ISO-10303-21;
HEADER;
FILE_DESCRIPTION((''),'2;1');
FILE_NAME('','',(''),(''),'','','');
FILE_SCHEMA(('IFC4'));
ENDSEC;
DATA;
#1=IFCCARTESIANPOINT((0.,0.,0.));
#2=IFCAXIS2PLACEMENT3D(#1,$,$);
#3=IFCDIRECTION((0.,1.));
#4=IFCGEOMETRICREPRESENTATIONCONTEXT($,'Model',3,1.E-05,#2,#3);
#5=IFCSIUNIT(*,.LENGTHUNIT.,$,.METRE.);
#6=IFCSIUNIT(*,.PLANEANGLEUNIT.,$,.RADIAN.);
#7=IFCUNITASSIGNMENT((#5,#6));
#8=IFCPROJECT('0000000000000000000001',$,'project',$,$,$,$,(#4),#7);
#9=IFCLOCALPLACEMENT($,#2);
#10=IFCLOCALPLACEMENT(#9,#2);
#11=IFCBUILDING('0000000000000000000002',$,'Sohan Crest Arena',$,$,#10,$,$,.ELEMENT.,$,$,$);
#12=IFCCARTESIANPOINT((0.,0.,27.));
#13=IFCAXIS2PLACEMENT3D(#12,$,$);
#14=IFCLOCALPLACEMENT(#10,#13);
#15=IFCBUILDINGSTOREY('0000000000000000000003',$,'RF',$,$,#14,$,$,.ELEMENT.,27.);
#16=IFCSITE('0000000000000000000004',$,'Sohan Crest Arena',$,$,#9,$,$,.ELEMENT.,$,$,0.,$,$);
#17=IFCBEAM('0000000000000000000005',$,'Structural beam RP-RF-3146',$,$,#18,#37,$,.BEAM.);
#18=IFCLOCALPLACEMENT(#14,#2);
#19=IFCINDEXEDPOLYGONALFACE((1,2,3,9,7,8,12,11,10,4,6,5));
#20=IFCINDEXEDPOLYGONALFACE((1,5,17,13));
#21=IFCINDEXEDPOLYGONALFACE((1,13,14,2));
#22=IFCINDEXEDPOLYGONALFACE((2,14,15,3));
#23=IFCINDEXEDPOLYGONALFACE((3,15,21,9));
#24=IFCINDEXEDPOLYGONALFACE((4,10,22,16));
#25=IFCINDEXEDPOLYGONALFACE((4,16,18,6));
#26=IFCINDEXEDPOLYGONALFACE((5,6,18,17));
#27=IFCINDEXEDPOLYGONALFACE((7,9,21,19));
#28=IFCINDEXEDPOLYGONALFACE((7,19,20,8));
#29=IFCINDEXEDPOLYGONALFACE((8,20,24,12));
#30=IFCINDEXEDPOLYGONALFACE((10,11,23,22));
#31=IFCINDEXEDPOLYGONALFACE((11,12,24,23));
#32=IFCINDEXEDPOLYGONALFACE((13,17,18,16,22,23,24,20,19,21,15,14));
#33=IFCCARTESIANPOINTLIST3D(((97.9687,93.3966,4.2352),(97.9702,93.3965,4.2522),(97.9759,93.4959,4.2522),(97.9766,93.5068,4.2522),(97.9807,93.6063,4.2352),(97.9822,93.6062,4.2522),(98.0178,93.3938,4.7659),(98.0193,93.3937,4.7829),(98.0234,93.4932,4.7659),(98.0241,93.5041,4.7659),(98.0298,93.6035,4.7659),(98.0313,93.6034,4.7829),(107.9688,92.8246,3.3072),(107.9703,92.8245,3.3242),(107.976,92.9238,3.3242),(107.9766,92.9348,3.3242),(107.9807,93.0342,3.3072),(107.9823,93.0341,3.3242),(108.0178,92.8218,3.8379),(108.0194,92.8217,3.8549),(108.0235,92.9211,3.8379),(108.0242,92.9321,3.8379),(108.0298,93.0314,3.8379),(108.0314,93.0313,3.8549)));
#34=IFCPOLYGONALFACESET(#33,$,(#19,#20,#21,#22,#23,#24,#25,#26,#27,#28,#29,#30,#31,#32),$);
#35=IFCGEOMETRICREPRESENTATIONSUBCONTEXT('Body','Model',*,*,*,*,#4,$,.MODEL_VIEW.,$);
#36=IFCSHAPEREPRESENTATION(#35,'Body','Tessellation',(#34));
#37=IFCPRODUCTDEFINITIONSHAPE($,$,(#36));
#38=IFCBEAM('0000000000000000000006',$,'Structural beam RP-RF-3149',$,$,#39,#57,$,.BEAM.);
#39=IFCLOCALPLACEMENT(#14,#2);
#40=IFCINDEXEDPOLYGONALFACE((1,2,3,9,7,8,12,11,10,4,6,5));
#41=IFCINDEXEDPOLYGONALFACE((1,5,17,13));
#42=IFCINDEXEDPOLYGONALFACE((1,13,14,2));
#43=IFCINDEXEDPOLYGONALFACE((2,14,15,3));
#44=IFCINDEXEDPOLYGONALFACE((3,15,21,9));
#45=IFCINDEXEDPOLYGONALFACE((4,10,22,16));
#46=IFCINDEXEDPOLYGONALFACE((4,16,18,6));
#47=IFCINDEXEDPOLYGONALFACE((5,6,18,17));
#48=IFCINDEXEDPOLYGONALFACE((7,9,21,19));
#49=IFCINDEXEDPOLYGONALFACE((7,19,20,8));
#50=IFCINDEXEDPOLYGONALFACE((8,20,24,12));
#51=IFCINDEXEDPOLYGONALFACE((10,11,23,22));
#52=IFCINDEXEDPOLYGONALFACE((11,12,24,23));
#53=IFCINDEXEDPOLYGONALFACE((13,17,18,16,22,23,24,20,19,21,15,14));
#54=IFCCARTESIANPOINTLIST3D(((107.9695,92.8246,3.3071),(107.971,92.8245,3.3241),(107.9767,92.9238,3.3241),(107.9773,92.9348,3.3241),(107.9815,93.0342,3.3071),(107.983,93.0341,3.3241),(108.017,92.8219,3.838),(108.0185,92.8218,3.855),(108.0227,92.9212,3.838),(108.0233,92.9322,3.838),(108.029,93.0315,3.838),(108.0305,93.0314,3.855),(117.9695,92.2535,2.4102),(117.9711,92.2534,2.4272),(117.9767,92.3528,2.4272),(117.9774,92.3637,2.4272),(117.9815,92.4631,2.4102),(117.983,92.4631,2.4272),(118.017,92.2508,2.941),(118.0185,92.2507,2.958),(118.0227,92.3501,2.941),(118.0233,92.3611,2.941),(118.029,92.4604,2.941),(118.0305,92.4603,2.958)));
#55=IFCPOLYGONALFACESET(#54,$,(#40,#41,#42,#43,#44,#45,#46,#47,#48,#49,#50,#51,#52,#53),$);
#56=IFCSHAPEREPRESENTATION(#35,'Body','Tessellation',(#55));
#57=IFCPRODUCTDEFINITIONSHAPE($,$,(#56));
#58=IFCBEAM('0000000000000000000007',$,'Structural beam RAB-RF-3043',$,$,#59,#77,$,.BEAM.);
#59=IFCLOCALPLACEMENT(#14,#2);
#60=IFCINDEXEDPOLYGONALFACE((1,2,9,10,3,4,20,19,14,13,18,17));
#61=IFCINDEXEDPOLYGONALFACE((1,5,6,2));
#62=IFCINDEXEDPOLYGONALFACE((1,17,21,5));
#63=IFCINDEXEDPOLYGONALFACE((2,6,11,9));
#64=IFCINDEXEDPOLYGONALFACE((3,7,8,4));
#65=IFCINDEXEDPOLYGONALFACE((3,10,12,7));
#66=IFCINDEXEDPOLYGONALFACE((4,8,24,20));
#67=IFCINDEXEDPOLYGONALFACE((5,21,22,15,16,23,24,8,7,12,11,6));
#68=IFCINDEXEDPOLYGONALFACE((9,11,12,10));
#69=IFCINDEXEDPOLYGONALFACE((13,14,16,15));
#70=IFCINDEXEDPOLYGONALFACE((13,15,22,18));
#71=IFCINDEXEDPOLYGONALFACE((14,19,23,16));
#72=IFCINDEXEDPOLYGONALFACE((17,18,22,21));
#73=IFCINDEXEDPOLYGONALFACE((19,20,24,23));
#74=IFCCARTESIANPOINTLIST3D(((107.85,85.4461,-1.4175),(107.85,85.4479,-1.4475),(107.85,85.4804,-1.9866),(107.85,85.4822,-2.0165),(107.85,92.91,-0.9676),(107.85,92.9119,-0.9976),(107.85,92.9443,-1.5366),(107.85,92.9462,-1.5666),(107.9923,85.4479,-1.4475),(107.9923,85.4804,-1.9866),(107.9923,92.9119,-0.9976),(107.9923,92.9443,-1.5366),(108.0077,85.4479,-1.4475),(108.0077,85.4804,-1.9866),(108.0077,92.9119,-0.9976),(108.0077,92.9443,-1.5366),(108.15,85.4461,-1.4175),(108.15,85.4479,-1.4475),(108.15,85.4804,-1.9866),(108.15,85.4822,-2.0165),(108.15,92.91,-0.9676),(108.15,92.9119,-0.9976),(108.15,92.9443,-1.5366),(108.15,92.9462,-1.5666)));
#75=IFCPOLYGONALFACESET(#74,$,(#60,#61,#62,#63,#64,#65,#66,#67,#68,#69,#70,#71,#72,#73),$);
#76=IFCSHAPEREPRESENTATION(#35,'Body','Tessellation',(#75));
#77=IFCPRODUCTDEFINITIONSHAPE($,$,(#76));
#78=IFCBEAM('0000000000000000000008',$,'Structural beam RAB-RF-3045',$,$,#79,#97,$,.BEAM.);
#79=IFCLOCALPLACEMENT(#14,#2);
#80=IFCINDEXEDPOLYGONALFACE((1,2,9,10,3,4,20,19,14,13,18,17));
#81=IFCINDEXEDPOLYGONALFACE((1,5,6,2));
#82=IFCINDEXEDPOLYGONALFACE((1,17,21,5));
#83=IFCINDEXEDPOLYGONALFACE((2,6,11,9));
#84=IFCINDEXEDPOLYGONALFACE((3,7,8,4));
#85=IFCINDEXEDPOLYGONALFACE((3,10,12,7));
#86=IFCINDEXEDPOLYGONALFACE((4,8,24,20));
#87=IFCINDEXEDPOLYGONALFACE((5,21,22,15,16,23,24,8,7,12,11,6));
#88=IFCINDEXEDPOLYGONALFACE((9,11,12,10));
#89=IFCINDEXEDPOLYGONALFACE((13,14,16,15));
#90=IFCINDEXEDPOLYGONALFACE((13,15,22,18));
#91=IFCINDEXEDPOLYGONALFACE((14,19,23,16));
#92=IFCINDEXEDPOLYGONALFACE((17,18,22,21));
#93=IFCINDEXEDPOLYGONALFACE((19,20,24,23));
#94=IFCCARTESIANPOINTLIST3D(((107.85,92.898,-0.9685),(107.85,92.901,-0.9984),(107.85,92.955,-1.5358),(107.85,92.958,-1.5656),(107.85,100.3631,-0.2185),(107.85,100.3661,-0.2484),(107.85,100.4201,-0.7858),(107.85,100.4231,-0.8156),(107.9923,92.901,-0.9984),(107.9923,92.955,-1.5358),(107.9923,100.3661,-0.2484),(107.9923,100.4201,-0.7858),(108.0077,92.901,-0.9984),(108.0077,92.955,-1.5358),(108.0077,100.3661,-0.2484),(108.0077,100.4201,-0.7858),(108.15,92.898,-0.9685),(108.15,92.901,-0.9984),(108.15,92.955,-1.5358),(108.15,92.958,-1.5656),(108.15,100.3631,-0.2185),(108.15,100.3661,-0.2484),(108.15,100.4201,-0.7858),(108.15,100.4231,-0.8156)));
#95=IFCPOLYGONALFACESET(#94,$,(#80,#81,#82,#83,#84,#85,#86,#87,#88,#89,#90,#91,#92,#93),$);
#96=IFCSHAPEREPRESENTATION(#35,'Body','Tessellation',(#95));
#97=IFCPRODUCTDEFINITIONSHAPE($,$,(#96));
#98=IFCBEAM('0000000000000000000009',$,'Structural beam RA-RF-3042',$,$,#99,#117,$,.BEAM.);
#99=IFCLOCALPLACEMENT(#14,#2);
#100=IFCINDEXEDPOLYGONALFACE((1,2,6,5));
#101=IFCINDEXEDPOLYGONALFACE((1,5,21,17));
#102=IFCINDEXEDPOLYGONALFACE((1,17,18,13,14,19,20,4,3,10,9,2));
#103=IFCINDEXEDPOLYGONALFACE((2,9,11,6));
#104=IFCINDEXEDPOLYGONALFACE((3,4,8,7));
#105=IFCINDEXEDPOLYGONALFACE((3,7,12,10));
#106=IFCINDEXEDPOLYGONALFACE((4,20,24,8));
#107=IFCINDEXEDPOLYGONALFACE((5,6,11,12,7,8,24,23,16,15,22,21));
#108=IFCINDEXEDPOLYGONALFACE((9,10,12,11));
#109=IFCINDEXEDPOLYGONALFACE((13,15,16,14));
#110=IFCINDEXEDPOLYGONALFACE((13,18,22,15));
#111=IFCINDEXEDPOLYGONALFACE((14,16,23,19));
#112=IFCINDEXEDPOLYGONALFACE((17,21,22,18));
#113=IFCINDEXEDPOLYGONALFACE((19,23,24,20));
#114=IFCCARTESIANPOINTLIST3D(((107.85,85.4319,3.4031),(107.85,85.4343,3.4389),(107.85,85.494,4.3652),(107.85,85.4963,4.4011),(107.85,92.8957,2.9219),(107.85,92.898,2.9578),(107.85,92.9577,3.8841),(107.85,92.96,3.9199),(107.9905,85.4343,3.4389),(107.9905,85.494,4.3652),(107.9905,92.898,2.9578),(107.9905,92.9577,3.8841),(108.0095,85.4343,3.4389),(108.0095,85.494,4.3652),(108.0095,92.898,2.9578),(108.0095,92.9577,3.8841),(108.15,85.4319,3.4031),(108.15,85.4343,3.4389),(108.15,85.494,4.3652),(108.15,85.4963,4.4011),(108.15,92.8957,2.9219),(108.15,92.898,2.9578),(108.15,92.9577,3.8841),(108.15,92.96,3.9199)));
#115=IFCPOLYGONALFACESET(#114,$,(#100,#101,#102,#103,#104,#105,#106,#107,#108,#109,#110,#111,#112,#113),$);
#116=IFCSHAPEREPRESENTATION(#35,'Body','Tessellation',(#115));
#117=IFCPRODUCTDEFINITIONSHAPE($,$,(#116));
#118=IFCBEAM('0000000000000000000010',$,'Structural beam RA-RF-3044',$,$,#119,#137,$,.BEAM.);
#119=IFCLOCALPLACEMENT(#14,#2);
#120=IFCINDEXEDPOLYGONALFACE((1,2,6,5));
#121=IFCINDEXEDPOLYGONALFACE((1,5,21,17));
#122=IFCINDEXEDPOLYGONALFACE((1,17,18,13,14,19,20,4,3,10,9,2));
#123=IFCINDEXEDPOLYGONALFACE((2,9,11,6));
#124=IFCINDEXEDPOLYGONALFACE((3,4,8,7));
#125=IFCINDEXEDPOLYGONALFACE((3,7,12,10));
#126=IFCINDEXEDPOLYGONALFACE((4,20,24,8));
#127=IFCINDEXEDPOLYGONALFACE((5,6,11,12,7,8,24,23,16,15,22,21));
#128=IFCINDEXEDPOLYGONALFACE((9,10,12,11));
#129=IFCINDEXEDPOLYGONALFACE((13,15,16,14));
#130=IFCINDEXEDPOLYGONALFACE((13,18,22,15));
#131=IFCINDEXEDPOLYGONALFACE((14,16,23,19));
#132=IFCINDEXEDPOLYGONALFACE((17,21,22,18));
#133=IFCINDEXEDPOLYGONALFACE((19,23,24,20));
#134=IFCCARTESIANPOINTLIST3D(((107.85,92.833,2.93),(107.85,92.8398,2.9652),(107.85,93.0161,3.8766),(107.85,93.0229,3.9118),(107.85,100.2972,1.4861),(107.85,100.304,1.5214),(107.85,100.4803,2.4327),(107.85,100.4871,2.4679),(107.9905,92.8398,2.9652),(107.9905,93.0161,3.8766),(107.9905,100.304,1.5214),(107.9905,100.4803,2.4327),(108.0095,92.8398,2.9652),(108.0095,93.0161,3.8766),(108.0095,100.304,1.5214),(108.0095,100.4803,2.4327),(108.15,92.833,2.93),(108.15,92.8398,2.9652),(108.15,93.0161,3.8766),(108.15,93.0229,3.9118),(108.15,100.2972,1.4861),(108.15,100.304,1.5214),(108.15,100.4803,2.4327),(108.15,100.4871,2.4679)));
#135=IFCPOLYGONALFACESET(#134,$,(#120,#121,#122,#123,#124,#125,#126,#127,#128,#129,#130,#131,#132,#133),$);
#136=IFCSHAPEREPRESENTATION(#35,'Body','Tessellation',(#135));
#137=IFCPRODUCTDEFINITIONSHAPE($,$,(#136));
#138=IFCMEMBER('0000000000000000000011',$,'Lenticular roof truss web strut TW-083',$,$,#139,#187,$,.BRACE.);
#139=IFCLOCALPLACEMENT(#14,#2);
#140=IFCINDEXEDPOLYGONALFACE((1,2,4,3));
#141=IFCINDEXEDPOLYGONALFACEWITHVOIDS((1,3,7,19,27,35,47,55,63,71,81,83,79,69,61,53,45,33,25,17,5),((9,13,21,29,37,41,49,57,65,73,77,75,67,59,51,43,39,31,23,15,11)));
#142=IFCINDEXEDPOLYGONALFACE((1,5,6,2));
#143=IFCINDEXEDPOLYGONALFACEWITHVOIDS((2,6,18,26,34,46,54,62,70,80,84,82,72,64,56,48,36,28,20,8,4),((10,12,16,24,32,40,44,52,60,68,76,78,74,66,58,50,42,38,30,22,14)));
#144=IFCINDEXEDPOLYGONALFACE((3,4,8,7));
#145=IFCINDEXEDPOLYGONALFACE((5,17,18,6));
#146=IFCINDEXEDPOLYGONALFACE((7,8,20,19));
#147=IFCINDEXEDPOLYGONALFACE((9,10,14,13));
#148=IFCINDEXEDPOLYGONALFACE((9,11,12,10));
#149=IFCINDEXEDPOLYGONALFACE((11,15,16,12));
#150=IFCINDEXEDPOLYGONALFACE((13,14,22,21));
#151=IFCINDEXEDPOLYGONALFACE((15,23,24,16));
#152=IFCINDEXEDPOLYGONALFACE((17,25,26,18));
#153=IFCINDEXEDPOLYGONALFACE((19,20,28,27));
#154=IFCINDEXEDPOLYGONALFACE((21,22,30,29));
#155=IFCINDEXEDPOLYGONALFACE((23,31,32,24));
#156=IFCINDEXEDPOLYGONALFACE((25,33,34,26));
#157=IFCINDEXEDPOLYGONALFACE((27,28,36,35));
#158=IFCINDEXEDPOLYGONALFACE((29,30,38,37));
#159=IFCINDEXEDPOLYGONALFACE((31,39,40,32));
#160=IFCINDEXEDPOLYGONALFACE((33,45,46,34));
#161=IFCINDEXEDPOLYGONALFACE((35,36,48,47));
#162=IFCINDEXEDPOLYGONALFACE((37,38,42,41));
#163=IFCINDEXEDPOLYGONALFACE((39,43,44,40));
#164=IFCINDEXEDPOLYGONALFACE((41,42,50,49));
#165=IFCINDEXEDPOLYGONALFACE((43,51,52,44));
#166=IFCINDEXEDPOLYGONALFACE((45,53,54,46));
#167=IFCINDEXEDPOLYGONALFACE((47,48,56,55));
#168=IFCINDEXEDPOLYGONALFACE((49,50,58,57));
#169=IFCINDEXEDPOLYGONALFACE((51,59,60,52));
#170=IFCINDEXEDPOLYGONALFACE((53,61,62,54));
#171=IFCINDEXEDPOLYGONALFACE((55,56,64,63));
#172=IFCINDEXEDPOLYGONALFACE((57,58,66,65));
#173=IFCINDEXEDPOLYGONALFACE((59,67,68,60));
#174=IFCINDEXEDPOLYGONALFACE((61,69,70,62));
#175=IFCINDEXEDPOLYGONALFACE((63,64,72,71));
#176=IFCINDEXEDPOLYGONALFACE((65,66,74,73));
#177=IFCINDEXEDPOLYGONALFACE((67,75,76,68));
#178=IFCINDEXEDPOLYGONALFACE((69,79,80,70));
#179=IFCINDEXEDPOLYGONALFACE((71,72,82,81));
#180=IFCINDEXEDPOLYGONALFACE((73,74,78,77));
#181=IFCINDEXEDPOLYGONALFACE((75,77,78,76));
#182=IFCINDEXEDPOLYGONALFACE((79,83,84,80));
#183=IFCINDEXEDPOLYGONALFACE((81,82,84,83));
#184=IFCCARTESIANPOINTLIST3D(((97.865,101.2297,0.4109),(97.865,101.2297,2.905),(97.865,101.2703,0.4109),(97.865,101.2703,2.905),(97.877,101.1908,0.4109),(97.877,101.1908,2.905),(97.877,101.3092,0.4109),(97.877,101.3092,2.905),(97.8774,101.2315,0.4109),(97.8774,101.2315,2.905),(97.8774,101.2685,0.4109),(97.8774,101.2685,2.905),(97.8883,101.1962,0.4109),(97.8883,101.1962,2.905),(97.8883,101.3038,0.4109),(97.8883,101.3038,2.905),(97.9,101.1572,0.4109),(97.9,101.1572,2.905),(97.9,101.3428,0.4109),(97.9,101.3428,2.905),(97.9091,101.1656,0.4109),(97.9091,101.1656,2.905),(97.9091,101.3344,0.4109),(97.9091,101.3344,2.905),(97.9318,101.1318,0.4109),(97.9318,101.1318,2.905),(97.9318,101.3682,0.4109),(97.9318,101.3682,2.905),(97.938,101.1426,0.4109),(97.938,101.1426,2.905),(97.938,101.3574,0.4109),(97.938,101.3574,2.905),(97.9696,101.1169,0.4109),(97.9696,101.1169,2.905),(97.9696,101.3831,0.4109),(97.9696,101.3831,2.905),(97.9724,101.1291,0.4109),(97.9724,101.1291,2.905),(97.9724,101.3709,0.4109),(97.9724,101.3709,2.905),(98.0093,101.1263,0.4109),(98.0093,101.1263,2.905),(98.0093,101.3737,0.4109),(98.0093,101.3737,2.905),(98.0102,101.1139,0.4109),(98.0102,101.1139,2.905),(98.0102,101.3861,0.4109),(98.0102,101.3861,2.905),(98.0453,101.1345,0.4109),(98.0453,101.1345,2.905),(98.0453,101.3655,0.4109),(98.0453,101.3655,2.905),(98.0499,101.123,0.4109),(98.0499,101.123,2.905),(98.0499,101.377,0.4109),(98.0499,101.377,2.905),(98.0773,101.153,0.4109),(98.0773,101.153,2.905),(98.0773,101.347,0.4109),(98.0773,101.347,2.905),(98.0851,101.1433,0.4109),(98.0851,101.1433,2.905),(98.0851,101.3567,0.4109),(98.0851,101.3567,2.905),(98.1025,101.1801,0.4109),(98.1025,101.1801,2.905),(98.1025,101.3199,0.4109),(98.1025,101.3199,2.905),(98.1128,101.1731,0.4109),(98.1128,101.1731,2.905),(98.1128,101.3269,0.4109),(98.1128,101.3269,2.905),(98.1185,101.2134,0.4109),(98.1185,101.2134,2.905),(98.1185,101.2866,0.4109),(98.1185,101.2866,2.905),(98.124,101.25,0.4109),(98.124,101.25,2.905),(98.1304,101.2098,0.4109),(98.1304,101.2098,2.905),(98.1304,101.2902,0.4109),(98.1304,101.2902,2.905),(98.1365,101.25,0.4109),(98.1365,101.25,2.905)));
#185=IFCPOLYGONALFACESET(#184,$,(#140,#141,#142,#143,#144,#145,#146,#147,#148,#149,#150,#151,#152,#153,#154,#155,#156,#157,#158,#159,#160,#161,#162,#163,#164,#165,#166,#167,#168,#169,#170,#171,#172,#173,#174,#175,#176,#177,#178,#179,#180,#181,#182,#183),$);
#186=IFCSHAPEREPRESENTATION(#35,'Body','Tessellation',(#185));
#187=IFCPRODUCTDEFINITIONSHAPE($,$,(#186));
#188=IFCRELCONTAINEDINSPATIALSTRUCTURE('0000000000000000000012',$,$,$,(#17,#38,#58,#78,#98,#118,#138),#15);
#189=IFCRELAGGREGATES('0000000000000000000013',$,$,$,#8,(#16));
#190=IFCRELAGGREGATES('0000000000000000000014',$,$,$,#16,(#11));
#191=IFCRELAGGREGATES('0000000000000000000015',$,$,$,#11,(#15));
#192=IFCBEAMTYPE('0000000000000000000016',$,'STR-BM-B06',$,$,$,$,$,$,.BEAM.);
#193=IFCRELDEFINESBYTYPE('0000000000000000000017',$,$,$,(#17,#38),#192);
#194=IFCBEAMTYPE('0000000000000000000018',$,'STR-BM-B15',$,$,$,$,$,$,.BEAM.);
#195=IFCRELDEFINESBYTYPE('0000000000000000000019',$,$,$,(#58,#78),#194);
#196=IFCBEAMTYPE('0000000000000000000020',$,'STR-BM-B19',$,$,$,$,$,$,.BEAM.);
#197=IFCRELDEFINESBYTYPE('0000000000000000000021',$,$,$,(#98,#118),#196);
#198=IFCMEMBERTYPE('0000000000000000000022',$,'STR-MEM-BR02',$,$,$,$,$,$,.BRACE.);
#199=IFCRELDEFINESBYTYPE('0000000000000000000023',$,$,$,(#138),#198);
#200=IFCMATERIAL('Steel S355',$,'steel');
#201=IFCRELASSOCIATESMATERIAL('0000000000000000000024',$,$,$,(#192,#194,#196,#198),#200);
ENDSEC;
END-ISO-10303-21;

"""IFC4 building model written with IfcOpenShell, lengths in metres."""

from ifc_helpers import new_model, si_unit, direction, frame, origin, origin_2d, place, context, subcontext, project, spatial, hollow_circle, i_section, extrude, material, material_profile, profile_set, type_object, element, save


model = new_model("IFC4")

# Units and contexts
model_context = context("Model", 3, precision=1e-05, world=origin(), true_north=direction((0.0, 1.0)))
body_context = subcontext(model_context, "Body", "Model", "MODEL_VIEW")
ifc_project = project(units=[si_unit("LENGTHUNIT", "METRE"), si_unit("PLANEANGLEUNIT", "RADIAN")], contexts=[model_context])

# Site, building, storey
site_placement = place(None, origin())
site = spatial("IfcSite", under=ifc_project, at=site_placement, Name="Sohan Crest Arena", CompositionType="ELEMENT", RefElevation=0.0)
building_placement = place(site_placement, origin())
building = spatial("IfcBuilding", under=site, at=building_placement, Name="Sohan Crest Arena", CompositionType="ELEMENT")
storey_placement = place(building_placement, frame((0.0, 0.0, 27.0)))
storey = spatial("IfcBuildingStorey", under=building, at=storey_placement, Name="RF", CompositionType="ELEMENT", Elevation=27.0)

# Beams
ifc_material_1 = material(Name="Steel S355", Category="steel")
ifc_material_profile_1 = material_profile(ifc_material_1, i_section(OverallWidth=0.21, OverallDepth=0.55, WebThickness=0.011, FlangeThickness=0.0171, at=origin_2d()), Name="IPE 550")
ifc_profile_set_1 = profile_set([ifc_material_profile_1], Name="Steel S355")
beam_type_1 = type_object("IfcBeamType", Name="STR-BM-B06", PredefinedType="BEAM", material=ifc_profile_set_1)
beam_1_placement = place(storey_placement, frame((98.0, 93.5, 4.509), z_axis=(0.994111, -0.056865, -0.092251), x_axis=(0.057109, 0.998368, 0.0)))
element("IfcBeam", 1, at=beam_1_placement, inside=storey, type_object=beam_type_1, Name="Structural beam RP-RF-3146", PredefinedType="BEAM", context=body_context, shape_type="SweptSolid", body=[
    extrude(i_section(OverallWidth=0.21, OverallDepth=0.55, WebThickness=0.011, FlangeThickness=0.0171, at=origin_2d()), origin(), (0.0, 0.0, 1.0), 10.0593),
])
beam_2_placement = place(storey_placement, frame((108.0, 92.928, 3.5811), z_axis=(0.994394, -0.056784, -0.089194), x_axis=(0.057012, 0.998374, 0.0)))
element("IfcBeam", 2, at=beam_2_placement, inside=storey, type_object=beam_type_1, Name="Structural beam RP-RF-3149", PredefinedType="BEAM", context=body_context, shape_type="SweptSolid", body=[
    extrude(i_section(OverallWidth=0.21, OverallDepth=0.55, WebThickness=0.011, FlangeThickness=0.0171, at=origin_2d()), origin(), (0.0, 0.0, 1.0), 10.0564),
])
ifc_material_profile_2 = material_profile(ifc_material_1, i_section(OverallWidth=0.3, OverallDepth=0.6001, WebThickness=0.0154, FlangeThickness=0.03, at=origin_2d()), Name="HEB 600")
ifc_profile_set_2 = profile_set([ifc_material_profile_2], Name="Steel S355")
beam_type_2 = type_object("IfcBeamType", Name="STR-BM-B15", PredefinedType="BEAM", material=ifc_profile_set_2)
beam_3_placement = place(storey_placement, frame((108.0, 85.4641, -1.717), z_axis=(0.0, 0.998188, 0.060175), x_axis=(-1.0, 0.0, 0.0)))
element("IfcBeam", 3, at=beam_3_placement, inside=storey, type_object=beam_type_2, Name="Structural beam RAB-RF-3043", PredefinedType="BEAM", context=body_context, shape_type="SweptSolid", body=[
    extrude(i_section(OverallWidth=0.3, OverallDepth=0.6001, WebThickness=0.0154, FlangeThickness=0.03, at=origin_2d()), origin(), (0.0, 0.0, 1.0), 7.4775),
])
beam_4_placement = place(storey_placement, frame((108.0, 92.928, -1.2671), z_axis=(0.0, 0.994991, 0.099964), x_axis=(-1.0, 0.0, 0.0)))
element("IfcBeam", 4, at=beam_4_placement, inside=storey, type_object=beam_type_2, Name="Structural beam RAB-RF-3045", PredefinedType="BEAM", context=body_context, shape_type="SweptSolid", body=[
    extrude(i_section(OverallWidth=0.3, OverallDepth=0.6001, WebThickness=0.0154, FlangeThickness=0.03, at=origin_2d()), origin(), (0.0, 0.0, 1.0), 7.5027),
])
ifc_material_profile_3 = material_profile(ifc_material_1, i_section(OverallWidth=0.3, OverallDepth=1.0, WebThickness=0.019, FlangeThickness=0.0359, at=origin_2d()), Name="HEB 1000")
ifc_profile_set_3 = profile_set([ifc_material_profile_3], Name="Steel S355")
beam_type_3 = type_object("IfcBeamType", Name="STR-BM-B19", PredefinedType="BEAM", material=ifc_profile_set_3)
beam_5_placement = place(storey_placement, frame((108.0, 85.4641, 3.9021), z_axis=(0.0, 0.997928, -0.064337), x_axis=(-1.0, 0.0, 0.0)))
element("IfcBeam", 5, at=beam_5_placement, inside=storey, type_object=beam_type_3, Name="Structural beam RA-RF-3042", PredefinedType="BEAM", context=body_context, shape_type="SweptSolid", body=[
    extrude(i_section(OverallWidth=0.3, OverallDepth=1.0, WebThickness=0.019, FlangeThickness=0.0359, at=origin_2d()), origin(), (0.0, 0.0, 1.0), 7.4792),
])
beam_6_placement = place(storey_placement, frame((108.0, 92.928, 3.4209), z_axis=(0.0, 0.9818, -0.189918), x_axis=(-1.0, 0.0, 0.0)))
element("IfcBeam", 6, at=beam_6_placement, inside=storey, type_object=beam_type_3, Name="Structural beam RA-RF-3044", PredefinedType="BEAM", context=body_context, shape_type="SweptSolid", body=[
    extrude(i_section(OverallWidth=0.3, OverallDepth=1.0, WebThickness=0.019, FlangeThickness=0.0359, at=origin_2d()), origin(), (0.0, 0.0, 1.0), 7.6025),
])

# Member
ifc_material_profile_4 = material_profile(ifc_material_1, hollow_circle(Radius=0.1365, WallThickness=0.0125, at=origin_2d()), Name="CHS 273x12.5")
ifc_profile_set_4 = profile_set([ifc_material_profile_4], Name="Steel S355")
member_type_1 = type_object("IfcMemberType", Name="STR-MEM-BR02", PredefinedType="BRACE", material=ifc_profile_set_4)
member_1_placement = place(storey_placement, frame((98.0, 101.25, 0.4109), z_axis=(0.0, 0.0, 1.0), x_axis=(1.0, 0.0, 0.0)))
element("IfcMember", 7, at=member_1_placement, inside=storey, type_object=member_type_1, Name="Lenticular roof truss web strut TW-083", PredefinedType="BRACE", context=body_context, shape_type="SweptSolid", body=[
    extrude(hollow_circle(Radius=0.1365, WallThickness=0.0125, at=origin_2d()), origin(), (0.0, 0.0, 1.0), 2.4941),
])

save(model, "model.ifc")
